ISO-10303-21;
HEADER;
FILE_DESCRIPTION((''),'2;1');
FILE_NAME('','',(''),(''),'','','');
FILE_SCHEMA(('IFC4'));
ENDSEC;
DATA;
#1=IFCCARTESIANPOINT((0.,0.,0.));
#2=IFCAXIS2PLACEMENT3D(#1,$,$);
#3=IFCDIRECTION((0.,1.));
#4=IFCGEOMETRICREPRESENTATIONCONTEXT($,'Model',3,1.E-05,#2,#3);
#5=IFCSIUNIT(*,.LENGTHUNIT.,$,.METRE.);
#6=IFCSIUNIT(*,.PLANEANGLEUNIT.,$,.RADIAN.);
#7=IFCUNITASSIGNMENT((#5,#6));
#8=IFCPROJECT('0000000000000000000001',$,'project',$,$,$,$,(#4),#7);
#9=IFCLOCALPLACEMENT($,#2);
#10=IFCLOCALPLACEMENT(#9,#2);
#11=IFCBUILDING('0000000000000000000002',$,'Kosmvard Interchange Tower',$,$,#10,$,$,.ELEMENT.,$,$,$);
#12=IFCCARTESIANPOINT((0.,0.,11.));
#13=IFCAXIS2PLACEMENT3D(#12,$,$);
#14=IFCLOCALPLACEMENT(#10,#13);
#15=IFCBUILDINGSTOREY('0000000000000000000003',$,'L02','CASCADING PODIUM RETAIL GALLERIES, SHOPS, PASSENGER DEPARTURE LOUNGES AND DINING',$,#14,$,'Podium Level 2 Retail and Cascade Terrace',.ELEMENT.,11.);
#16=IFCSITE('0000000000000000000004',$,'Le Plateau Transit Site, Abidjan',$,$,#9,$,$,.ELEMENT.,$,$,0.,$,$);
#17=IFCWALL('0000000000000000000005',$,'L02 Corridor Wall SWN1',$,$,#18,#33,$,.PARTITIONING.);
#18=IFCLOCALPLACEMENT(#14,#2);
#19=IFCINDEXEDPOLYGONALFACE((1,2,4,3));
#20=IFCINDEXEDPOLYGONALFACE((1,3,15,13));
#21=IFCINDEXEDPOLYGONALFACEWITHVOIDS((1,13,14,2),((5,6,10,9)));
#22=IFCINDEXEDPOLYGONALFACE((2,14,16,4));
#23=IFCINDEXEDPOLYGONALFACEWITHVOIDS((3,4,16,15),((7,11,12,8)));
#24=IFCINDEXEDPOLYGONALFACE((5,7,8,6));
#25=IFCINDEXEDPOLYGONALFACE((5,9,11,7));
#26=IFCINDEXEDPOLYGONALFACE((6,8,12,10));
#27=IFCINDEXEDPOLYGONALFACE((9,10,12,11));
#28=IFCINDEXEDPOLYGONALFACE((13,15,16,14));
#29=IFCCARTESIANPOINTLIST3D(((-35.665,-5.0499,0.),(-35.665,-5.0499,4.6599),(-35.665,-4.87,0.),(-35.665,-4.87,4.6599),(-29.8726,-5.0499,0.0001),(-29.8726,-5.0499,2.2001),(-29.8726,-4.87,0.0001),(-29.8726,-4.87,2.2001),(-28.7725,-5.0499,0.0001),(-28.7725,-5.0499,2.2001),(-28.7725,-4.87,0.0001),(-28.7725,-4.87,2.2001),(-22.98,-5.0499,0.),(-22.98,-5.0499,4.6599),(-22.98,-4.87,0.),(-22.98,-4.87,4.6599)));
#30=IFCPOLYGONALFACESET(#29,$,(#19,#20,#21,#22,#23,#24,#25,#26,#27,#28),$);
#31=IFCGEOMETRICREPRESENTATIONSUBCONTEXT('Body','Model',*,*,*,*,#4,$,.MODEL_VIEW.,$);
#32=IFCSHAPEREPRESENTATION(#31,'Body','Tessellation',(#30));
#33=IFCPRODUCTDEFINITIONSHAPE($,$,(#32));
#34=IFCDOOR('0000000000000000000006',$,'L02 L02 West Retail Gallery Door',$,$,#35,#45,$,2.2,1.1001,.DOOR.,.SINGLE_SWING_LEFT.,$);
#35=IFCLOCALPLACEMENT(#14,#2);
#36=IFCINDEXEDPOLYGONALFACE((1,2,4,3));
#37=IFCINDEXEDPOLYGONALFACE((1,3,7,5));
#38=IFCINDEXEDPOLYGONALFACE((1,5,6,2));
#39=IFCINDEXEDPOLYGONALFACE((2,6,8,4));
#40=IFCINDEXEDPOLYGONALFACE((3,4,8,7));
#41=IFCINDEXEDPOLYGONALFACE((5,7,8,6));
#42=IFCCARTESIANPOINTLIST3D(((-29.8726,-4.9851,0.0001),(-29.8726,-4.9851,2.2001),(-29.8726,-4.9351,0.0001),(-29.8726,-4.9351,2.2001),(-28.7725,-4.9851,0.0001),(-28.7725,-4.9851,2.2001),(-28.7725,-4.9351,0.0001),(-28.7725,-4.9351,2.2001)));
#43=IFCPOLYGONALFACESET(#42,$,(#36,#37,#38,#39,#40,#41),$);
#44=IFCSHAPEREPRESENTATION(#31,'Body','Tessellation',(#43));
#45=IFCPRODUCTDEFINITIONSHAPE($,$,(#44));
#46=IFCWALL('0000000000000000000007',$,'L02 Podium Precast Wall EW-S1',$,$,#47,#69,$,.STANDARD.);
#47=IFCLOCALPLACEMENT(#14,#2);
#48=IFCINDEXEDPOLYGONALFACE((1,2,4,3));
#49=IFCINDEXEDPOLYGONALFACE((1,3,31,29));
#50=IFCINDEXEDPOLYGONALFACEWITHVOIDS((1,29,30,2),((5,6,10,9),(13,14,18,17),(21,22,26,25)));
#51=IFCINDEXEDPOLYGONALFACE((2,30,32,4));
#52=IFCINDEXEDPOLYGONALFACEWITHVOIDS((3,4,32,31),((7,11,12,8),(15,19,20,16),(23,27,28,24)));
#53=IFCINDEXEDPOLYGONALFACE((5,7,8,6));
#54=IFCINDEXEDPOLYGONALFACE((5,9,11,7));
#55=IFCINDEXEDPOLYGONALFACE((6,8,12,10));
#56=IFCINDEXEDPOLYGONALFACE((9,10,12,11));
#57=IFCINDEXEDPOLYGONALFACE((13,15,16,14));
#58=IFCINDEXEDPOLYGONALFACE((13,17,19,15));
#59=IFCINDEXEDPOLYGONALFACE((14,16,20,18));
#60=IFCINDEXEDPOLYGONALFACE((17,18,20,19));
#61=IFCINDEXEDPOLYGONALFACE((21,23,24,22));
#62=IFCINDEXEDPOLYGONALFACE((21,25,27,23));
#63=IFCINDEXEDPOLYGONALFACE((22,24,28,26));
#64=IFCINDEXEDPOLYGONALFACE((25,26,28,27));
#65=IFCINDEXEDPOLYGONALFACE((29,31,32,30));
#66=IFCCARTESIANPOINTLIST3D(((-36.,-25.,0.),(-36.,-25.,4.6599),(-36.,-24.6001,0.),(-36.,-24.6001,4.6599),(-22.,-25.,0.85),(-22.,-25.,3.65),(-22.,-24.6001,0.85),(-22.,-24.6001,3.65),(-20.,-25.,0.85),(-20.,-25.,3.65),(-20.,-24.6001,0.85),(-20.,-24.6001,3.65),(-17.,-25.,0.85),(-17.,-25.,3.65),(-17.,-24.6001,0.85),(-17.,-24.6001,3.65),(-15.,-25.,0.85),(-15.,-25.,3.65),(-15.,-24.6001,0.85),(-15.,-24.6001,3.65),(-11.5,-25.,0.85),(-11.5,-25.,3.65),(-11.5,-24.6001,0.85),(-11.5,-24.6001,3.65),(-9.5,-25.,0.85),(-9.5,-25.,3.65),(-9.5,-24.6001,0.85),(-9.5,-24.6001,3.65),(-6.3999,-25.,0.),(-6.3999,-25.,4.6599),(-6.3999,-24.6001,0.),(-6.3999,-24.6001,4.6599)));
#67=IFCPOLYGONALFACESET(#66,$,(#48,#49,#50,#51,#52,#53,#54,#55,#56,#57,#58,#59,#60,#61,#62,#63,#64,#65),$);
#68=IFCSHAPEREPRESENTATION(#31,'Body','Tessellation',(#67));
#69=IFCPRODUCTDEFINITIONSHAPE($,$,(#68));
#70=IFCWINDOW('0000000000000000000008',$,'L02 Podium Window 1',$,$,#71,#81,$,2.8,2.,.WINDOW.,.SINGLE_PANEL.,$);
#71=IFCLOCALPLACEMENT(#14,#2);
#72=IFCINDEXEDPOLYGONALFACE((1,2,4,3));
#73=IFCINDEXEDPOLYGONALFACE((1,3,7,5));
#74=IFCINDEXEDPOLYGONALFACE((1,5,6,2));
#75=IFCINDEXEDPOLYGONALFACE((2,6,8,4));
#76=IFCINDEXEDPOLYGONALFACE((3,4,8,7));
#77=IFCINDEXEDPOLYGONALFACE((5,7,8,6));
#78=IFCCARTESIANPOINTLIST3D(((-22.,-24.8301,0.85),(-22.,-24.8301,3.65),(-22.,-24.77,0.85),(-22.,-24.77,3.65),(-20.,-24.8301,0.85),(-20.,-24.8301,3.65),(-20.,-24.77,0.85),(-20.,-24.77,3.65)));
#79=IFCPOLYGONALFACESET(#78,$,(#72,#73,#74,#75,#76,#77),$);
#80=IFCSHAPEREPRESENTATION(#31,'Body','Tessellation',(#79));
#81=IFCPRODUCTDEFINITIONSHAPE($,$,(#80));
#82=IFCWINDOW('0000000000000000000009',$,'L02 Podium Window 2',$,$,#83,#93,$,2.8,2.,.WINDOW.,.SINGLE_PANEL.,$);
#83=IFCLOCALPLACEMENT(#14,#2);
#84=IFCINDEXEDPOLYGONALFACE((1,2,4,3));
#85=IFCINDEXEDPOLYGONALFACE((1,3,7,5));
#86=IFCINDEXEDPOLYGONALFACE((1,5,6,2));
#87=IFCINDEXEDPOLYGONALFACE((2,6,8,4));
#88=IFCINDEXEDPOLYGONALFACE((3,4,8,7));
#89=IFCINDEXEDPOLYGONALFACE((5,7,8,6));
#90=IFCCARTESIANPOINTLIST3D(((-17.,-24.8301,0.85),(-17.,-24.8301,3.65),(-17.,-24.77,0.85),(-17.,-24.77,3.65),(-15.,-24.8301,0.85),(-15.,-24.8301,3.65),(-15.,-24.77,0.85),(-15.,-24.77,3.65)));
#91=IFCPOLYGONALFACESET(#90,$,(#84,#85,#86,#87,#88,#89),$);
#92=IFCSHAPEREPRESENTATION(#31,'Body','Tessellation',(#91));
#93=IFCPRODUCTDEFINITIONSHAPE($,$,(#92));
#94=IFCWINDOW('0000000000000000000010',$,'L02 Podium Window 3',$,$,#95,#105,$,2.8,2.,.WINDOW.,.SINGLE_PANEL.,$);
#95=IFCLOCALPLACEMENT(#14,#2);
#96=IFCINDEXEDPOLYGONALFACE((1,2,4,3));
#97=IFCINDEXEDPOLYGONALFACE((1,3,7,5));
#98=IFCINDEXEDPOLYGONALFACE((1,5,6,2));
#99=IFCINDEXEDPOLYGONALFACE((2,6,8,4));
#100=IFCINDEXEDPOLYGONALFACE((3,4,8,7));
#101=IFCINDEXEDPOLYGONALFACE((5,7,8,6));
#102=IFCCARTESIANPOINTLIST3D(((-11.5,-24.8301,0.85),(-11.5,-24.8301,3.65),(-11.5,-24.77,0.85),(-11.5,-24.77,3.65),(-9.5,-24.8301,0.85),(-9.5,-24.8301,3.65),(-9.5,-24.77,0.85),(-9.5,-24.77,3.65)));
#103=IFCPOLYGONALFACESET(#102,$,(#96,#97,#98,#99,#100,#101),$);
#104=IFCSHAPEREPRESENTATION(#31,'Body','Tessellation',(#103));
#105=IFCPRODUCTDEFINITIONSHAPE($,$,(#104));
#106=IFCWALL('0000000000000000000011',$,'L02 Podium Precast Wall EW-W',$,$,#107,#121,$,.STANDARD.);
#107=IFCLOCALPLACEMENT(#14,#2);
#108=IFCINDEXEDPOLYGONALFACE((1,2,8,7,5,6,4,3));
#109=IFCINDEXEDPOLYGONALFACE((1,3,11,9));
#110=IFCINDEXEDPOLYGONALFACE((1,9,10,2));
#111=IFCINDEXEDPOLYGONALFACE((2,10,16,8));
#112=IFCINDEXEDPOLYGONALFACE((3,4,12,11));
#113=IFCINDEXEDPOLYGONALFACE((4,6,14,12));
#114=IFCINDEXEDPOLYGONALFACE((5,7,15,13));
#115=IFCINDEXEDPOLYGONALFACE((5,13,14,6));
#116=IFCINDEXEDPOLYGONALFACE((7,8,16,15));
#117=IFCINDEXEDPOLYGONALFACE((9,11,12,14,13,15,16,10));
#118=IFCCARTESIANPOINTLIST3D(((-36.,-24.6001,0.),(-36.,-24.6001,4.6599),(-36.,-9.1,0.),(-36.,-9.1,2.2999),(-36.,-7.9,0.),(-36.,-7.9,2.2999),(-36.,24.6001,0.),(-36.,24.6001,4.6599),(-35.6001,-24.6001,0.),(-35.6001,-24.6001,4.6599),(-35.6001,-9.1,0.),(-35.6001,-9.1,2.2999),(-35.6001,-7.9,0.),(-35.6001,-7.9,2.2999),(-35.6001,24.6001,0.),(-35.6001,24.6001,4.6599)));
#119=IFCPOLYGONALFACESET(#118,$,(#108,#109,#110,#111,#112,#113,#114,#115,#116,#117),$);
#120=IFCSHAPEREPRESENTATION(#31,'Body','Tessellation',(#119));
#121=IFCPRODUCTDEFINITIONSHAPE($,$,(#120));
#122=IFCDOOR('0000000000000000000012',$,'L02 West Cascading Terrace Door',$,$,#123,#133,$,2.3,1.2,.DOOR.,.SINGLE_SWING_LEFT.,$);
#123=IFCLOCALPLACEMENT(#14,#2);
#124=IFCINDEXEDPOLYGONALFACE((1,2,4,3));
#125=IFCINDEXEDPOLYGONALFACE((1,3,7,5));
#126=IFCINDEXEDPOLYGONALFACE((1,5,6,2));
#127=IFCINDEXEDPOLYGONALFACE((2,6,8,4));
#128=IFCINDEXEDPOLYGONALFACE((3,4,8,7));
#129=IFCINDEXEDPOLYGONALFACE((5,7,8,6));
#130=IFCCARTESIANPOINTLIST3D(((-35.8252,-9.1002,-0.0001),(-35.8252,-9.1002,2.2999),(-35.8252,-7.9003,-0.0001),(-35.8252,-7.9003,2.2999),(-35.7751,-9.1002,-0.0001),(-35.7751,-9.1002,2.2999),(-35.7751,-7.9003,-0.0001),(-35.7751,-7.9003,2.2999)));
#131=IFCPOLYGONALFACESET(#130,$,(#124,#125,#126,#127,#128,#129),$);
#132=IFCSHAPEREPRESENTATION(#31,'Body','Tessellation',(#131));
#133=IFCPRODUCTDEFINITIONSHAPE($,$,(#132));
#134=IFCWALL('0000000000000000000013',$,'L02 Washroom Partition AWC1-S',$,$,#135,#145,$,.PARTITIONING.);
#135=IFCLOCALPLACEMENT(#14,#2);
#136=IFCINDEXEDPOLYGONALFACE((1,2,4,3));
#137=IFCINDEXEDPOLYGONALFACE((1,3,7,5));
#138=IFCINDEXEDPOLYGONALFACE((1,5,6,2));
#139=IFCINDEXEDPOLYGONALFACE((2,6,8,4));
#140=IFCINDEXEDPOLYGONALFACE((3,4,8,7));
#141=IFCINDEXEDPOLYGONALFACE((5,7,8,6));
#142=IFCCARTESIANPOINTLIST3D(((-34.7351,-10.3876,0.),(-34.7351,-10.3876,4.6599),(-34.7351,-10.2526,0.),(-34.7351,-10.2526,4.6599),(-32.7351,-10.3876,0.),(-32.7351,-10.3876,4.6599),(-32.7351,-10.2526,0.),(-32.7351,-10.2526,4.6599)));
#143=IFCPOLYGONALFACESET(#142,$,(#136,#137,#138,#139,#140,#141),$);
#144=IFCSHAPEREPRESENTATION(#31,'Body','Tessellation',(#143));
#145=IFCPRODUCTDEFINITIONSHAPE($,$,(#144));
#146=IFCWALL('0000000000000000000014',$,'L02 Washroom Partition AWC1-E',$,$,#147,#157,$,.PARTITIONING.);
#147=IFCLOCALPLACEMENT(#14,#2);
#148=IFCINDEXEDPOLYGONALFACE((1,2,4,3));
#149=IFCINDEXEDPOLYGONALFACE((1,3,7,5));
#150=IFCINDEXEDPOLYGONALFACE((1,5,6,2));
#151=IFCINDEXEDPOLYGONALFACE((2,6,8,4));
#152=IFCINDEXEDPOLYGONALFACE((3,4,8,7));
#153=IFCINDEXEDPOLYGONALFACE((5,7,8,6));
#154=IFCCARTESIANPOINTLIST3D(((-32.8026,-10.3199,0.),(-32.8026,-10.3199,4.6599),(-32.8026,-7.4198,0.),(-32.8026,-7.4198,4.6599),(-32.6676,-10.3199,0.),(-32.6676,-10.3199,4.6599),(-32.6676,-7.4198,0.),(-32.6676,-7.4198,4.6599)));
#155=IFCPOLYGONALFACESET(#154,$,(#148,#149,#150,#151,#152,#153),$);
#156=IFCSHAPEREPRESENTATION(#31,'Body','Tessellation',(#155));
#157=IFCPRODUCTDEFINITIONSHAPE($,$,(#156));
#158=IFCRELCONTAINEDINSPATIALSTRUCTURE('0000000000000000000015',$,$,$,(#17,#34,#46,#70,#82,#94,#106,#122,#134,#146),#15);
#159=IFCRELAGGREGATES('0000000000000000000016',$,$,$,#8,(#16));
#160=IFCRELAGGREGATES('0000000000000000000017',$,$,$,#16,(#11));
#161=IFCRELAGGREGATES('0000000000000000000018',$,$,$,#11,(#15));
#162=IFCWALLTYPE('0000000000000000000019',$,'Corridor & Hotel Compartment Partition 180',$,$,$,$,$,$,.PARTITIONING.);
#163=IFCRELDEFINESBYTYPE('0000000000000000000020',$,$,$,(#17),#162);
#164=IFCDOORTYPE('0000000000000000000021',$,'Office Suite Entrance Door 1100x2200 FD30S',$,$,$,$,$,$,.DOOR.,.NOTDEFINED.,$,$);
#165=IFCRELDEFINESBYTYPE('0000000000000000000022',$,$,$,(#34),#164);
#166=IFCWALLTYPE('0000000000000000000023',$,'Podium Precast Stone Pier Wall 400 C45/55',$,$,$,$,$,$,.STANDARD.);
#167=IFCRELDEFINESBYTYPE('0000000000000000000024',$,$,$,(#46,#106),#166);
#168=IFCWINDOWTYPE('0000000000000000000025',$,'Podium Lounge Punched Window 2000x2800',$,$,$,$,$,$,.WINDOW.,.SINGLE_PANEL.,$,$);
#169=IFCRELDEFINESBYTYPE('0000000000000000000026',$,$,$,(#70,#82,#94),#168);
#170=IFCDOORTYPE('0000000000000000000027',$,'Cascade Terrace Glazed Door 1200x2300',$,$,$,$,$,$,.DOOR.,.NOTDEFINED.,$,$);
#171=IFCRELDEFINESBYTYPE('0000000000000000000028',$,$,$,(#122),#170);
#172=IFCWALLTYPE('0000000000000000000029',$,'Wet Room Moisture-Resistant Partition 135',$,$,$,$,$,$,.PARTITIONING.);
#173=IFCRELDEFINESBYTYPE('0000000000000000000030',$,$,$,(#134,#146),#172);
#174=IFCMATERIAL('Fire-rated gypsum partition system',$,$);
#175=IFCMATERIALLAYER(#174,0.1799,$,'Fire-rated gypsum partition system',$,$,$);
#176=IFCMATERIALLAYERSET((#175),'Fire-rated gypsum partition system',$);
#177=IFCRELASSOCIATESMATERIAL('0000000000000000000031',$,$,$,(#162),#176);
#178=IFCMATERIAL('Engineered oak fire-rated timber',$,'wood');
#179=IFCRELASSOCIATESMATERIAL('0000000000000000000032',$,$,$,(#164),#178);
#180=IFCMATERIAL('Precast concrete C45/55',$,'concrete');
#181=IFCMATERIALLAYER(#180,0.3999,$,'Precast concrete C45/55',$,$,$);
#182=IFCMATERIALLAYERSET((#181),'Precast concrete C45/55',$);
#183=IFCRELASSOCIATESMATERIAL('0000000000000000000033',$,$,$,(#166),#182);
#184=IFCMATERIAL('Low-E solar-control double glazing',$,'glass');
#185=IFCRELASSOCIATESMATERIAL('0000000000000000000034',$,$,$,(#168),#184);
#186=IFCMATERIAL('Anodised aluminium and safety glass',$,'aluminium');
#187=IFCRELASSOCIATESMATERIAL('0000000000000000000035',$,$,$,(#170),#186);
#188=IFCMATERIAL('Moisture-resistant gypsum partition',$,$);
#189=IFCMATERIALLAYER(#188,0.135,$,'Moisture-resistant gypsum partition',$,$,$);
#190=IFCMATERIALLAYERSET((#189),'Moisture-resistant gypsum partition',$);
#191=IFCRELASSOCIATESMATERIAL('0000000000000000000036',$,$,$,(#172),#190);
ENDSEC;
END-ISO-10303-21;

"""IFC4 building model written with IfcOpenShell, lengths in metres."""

from ifc_helpers import new_model, si_unit, direction, frame, frame_2d, origin, place, context, subcontext, project, spatial, rectangle, extrude, source, transform, mapped, material, layer, layer_set, type_object, element, fill, save


model = new_model("IFC4")

# Units and contexts
model_context = context("Model", 3, precision=1e-05, world=origin(), true_north=direction((0.0, 1.0)))
body_context = subcontext(model_context, "Body", "Model", "MODEL_VIEW")
ifc_project = project(units=[si_unit("LENGTHUNIT", "METRE"), si_unit("PLANEANGLEUNIT", "RADIAN")], contexts=[model_context])

# Site, building, storey
site_placement = place(None, origin())
site = spatial("IfcSite", under=ifc_project, at=site_placement, Name="Le Plateau Transit Site, Abidjan", CompositionType="ELEMENT", RefElevation=0.0)
building_placement = place(site_placement, origin())
building = spatial("IfcBuilding", under=site, at=building_placement, Name="Kosmvard Interchange Tower", CompositionType="ELEMENT")
storey_placement = place(building_placement, frame((0.0, 0.0, 11.0)))
storey = spatial("IfcBuildingStorey", under=building, at=storey_placement, Name="L02", Description="CASCADING PODIUM RETAIL GALLERIES, SHOPS, PASSENGER DEPARTURE LOUNGES AND DINING", LongName="Podium Level 2 Retail and Cascade Terrace", CompositionType="ELEMENT", Elevation=11.0)

# Shared definitions
ifc_material_1 = material(Name="Fire-rated gypsum partition system")
ifc_layer_1 = layer(ifc_material_1, 0.1799, Name="Fire-rated gypsum partition system")
ifc_layer_set_1 = layer_set([ifc_layer_1], Name="Fire-rated gypsum partition system")
wall_type_1 = type_object("IfcWallType", Name="Corridor & Hotel Compartment Partition 180", PredefinedType="PARTITIONING", material=ifc_layer_set_1)
ifc_material_2 = material(Name="Engineered oak fire-rated timber", Category="wood")
door_type_1 = type_object("IfcDoorType", Name="Office Suite Entrance Door 1100x2200 FD30S", OperationType="NOTDEFINED", PredefinedType="DOOR", material=ifc_material_2)
shared_shape_1 = source(origin(), body_context, "Body", "SweptSolid", [
    extrude(rectangle(XDim=1.1001, YDim=2.2, at=frame_2d((0.55, 1.1001))), frame((0.0, 0.0249, 0.0), z_axis=(0.0, -1.0, 0.0), x_axis=(1.0, 0.0, 0.0)), (0.0, 0.0, 1.0), 0.05),
])

# Wall, opening, door
wall_1_placement = place(storey_placement, frame((-35.665, -4.96, 0.0), z_axis=(0.0, 0.0, 1.0), x_axis=(1.0, 0.0, 0.0)))
wall_1 = element("IfcWall", 1, at=wall_1_placement, inside=storey, type_object=wall_type_1, Name="L02 Corridor Wall SWN1", PredefinedType="PARTITIONING", context=body_context, shape_type="SweptSolid", body=[
    extrude(rectangle(XDim=12.6851, YDim=0.1799, at=frame_2d((6.3425, 0.0))), origin(), (0.0, 0.0, 1.0), 4.6599),
])
opening_1_placement = place(wall_1_placement, frame((5.7925, 0.0, 0.0)))
opening_1 = element("IfcOpeningElement", 2, at=opening_1_placement, cuts=wall_1, PredefinedType="OPENING", context=body_context, shape_type="SweptSolid", body=[
    extrude(rectangle(XDim=1.1001, YDim=2.2, at=frame_2d((0.55, 1.1001))), frame((0.0, 0.1001, 0.0), z_axis=(0.0, -1.0, 0.0), x_axis=(1.0, 0.0, 0.0)), (0.0, 0.0, 1.0), 0.2),
])
door_1_placement = place(opening_1_placement, origin())
door_1 = element("IfcDoor", 3, at=door_1_placement, inside=storey, type_object=door_type_1, Name="L02 L02 West Retail Gallery Door", OperationType="SINGLE_SWING_LEFT", OverallHeight=2.2, OverallWidth=1.1001, PredefinedType="DOOR", context=body_context, shape_type="MappedRepresentation", body=[
    mapped(shared_shape_1, transform((0.0, 0.0, 0.0), scale=1.0)),
])
fill(opening_1, door_1)

# Wall, openings, windows
ifc_material_3 = material(Name="Precast concrete C45/55", Category="concrete")
ifc_layer_2 = layer(ifc_material_3, 0.3999, Name="Precast concrete C45/55")
ifc_layer_set_2 = layer_set([ifc_layer_2], Name="Precast concrete C45/55")
wall_type_2 = type_object("IfcWallType", Name="Podium Precast Stone Pier Wall 400 C45/55", PredefinedType="STANDARD", material=ifc_layer_set_2)
wall_2_placement = place(storey_placement, frame((-36.0, -24.8, 0.0), z_axis=(0.0, 0.0, 1.0), x_axis=(1.0, 0.0, 0.0)))
wall_2 = element("IfcWall", 4, at=wall_2_placement, inside=storey, type_object=wall_type_2, Name="L02 Podium Precast Wall EW-S1", PredefinedType="STANDARD", context=body_context, shape_type="SweptSolid", body=[
    extrude(rectangle(XDim=29.6001, YDim=0.3999, at=frame_2d((14.8, 0.0))), origin(), (0.0, 0.0, 1.0), 4.6599),
])
opening_2_placement = place(wall_2_placement, frame((14.0, 0.0, 0.8501)))
opening_2 = element("IfcOpeningElement", 5, at=opening_2_placement, cuts=wall_2, PredefinedType="OPENING", context=body_context, shape_type="SweptSolid", body=[
    extrude(rectangle(XDim=2.0, YDim=2.8, at=frame_2d((1.0, 1.3999))), frame((0.0, 0.21, 0.0), z_axis=(0.0, -1.0, 0.0), x_axis=(1.0, 0.0, 0.0)), (0.0, 0.0, 1.0), 0.4199),
])
opening_3_placement = place(wall_2_placement, frame((19.0, 0.0, 0.8501)))
opening_3 = element("IfcOpeningElement", 6, at=opening_3_placement, cuts=wall_2, PredefinedType="OPENING", context=body_context, shape_type="SweptSolid", body=[
    extrude(rectangle(XDim=2.0, YDim=2.8, at=frame_2d((1.0, 1.3999))), frame((0.0, 0.21, 0.0), z_axis=(0.0, -1.0, 0.0), x_axis=(1.0, 0.0, 0.0)), (0.0, 0.0, 1.0), 0.4199),
])
opening_4_placement = place(wall_2_placement, frame((24.5, 0.0, 0.8501)))
opening_4 = element("IfcOpeningElement", 7, at=opening_4_placement, cuts=wall_2, PredefinedType="OPENING", context=body_context, shape_type="SweptSolid", body=[
    extrude(rectangle(XDim=2.0, YDim=2.8, at=frame_2d((1.0, 1.3999))), frame((0.0, 0.21, 0.0), z_axis=(0.0, -1.0, 0.0), x_axis=(1.0, 0.0, 0.0)), (0.0, 0.0, 1.0), 0.4199),
])
ifc_material_4 = material(Name="Low-E solar-control double glazing", Category="glass")
window_type = type_object("IfcWindowType", Name="Podium Lounge Punched Window 2000x2800", PartitioningType="SINGLE_PANEL", PredefinedType="WINDOW", material=ifc_material_4)
shared_shape_2 = source(origin(), body_context, "Body", "SweptSolid", [
    extrude(rectangle(XDim=2.0, YDim=2.8, at=frame_2d((1.0, 1.3999))), frame((0.0, 0.03, 0.0), z_axis=(0.0, -1.0, 0.0), x_axis=(1.0, 0.0, 0.0)), (0.0, 0.0, 1.0), 0.0601),
])
window_1_placement = place(opening_2_placement, origin())
window_1 = element("IfcWindow", 8, at=window_1_placement, inside=storey, type_object=window_type, Name="L02 Podium Window 1", OverallHeight=2.8, OverallWidth=2.0, PartitioningType="SINGLE_PANEL", PredefinedType="WINDOW", context=body_context, shape_type="MappedRepresentation", body=[
    mapped(shared_shape_2, transform((0.0, 0.0, 0.0), scale=1.0)),
])
fill(opening_2, window_1)
window_2_placement = place(opening_3_placement, origin())
window_2 = element("IfcWindow", 9, at=window_2_placement, inside=storey, type_object=window_type, Name="L02 Podium Window 2", OverallHeight=2.8, OverallWidth=2.0, PartitioningType="SINGLE_PANEL", PredefinedType="WINDOW", context=body_context, shape_type="MappedRepresentation", body=[
    mapped(shared_shape_2, transform((0.0, 0.0, 0.0), scale=1.0)),
])
fill(opening_3, window_2)
window_3_placement = place(opening_4_placement, origin())
window_3 = element("IfcWindow", 10, at=window_3_placement, inside=storey, type_object=window_type, Name="L02 Podium Window 3", OverallHeight=2.8, OverallWidth=2.0, PartitioningType="SINGLE_PANEL", PredefinedType="WINDOW", context=body_context, shape_type="MappedRepresentation", body=[
    mapped(shared_shape_2, transform((0.0, 0.0, 0.0), scale=1.0)),
])
fill(opening_4, window_3)

# Wall, opening, door
wall_3_placement = place(storey_placement, frame((-35.8, -24.6001, 0.0), z_axis=(0.0, 0.0, 1.0), x_axis=(0.0, 1.0, 0.0)))
wall_3 = element("IfcWall", 11, at=wall_3_placement, inside=storey, type_object=wall_type_2, Name="L02 Podium Precast Wall EW-W", PredefinedType="STANDARD", context=body_context, shape_type="SweptSolid", body=[
    extrude(rectangle(XDim=49.2002, YDim=0.3999, at=frame_2d((24.6001, 0.0))), origin(), (0.0, 0.0, 1.0), 4.6599),
])
opening_5_placement = place(wall_3_placement, frame((15.5, 0.0, 0.0)))
opening_5 = element("IfcOpeningElement", 12, at=opening_5_placement, cuts=wall_3, PredefinedType="OPENING", context=body_context, shape_type="SweptSolid", body=[
    extrude(rectangle(XDim=1.2, YDim=2.3, at=frame_2d((0.6001, 1.1499))), frame((0.0, 0.21, 0.0), z_axis=(0.0, -1.0, 0.0), x_axis=(1.0, 0.0, 0.0)), (0.0, 0.0, 1.0), 0.4199),
])
ifc_material_5 = material(Name="Anodised aluminium and safety glass", Category="aluminium")
door_type_2 = type_object("IfcDoorType", Name="Cascade Terrace Glazed Door 1200x2300", OperationType="NOTDEFINED", PredefinedType="DOOR", material=ifc_material_5)
shared_shape_3 = source(origin(), body_context, "Body", "SweptSolid", [
    extrude(rectangle(XDim=1.2, YDim=2.3, at=frame_2d((0.6001, 1.1499))), frame((0.0, 0.0249, 0.0), z_axis=(0.0, -1.0, 0.0), x_axis=(1.0, 0.0, 0.0)), (0.0, 0.0, 1.0), 0.05),
])
door_2_placement = place(opening_5_placement, frame((1.2, 0.0, 0.0), z_axis=(0.0, 0.0, 1.0), x_axis=(-1.0, 0.0, 0.0)))
door_2 = element("IfcDoor", 13, at=door_2_placement, inside=storey, type_object=door_type_2, Name="L02 West Cascading Terrace Door", OperationType="SINGLE_SWING_LEFT", OverallHeight=2.3, OverallWidth=1.2, PredefinedType="DOOR", context=body_context, shape_type="MappedRepresentation", body=[
    mapped(shared_shape_3, transform((0.0, 0.0, 0.0), scale=1.0)),
])
fill(opening_5, door_2)

# Walls
ifc_material_6 = material(Name="Moisture-resistant gypsum partition")
ifc_layer_3 = layer(ifc_material_6, 0.135, Name="Moisture-resistant gypsum partition")
ifc_layer_set_3 = layer_set([ifc_layer_3], Name="Moisture-resistant gypsum partition")
wall_type_3 = type_object("IfcWallType", Name="Wet Room Moisture-Resistant Partition 135", PredefinedType="PARTITIONING", material=ifc_layer_set_3)
wall_4_placement = place(storey_placement, frame((-34.7351, -10.3201, 0.0), z_axis=(0.0, 0.0, 1.0), x_axis=(1.0, 0.0, 0.0)))
element("IfcWall", 14, at=wall_4_placement, inside=storey, type_object=wall_type_3, Name="L02 Washroom Partition AWC1-S", PredefinedType="PARTITIONING", context=body_context, shape_type="SweptSolid", body=[
    extrude(rectangle(XDim=2.0, YDim=0.135, at=frame_2d((1.0, 0.0))), origin(), (0.0, 0.0, 1.0), 4.6599),
])
for number, where, z_axis, x_axis, name in (
    (15, (-32.7351, -10.3201, 0.0), (0.0, 0.0, 1.0), (0.0, 1.0, 0.0), "L02 Washroom Partition AWC1-E"),
):
    element("IfcWall", number, at=place(storey_placement, frame(where, z_axis=z_axis, x_axis=x_axis)), inside=storey, type_object=wall_type_3, Name=name, PredefinedType="PARTITIONING", context=body_context, shape_type="SweptSolid", body=[
        extrude(rectangle(XDim=2.9001, YDim=0.135, at=frame_2d((1.4502, 0.0))), origin(), (0.0, 0.0, 1.0), 4.6599),
    ])

save(model, "model.ifc")
